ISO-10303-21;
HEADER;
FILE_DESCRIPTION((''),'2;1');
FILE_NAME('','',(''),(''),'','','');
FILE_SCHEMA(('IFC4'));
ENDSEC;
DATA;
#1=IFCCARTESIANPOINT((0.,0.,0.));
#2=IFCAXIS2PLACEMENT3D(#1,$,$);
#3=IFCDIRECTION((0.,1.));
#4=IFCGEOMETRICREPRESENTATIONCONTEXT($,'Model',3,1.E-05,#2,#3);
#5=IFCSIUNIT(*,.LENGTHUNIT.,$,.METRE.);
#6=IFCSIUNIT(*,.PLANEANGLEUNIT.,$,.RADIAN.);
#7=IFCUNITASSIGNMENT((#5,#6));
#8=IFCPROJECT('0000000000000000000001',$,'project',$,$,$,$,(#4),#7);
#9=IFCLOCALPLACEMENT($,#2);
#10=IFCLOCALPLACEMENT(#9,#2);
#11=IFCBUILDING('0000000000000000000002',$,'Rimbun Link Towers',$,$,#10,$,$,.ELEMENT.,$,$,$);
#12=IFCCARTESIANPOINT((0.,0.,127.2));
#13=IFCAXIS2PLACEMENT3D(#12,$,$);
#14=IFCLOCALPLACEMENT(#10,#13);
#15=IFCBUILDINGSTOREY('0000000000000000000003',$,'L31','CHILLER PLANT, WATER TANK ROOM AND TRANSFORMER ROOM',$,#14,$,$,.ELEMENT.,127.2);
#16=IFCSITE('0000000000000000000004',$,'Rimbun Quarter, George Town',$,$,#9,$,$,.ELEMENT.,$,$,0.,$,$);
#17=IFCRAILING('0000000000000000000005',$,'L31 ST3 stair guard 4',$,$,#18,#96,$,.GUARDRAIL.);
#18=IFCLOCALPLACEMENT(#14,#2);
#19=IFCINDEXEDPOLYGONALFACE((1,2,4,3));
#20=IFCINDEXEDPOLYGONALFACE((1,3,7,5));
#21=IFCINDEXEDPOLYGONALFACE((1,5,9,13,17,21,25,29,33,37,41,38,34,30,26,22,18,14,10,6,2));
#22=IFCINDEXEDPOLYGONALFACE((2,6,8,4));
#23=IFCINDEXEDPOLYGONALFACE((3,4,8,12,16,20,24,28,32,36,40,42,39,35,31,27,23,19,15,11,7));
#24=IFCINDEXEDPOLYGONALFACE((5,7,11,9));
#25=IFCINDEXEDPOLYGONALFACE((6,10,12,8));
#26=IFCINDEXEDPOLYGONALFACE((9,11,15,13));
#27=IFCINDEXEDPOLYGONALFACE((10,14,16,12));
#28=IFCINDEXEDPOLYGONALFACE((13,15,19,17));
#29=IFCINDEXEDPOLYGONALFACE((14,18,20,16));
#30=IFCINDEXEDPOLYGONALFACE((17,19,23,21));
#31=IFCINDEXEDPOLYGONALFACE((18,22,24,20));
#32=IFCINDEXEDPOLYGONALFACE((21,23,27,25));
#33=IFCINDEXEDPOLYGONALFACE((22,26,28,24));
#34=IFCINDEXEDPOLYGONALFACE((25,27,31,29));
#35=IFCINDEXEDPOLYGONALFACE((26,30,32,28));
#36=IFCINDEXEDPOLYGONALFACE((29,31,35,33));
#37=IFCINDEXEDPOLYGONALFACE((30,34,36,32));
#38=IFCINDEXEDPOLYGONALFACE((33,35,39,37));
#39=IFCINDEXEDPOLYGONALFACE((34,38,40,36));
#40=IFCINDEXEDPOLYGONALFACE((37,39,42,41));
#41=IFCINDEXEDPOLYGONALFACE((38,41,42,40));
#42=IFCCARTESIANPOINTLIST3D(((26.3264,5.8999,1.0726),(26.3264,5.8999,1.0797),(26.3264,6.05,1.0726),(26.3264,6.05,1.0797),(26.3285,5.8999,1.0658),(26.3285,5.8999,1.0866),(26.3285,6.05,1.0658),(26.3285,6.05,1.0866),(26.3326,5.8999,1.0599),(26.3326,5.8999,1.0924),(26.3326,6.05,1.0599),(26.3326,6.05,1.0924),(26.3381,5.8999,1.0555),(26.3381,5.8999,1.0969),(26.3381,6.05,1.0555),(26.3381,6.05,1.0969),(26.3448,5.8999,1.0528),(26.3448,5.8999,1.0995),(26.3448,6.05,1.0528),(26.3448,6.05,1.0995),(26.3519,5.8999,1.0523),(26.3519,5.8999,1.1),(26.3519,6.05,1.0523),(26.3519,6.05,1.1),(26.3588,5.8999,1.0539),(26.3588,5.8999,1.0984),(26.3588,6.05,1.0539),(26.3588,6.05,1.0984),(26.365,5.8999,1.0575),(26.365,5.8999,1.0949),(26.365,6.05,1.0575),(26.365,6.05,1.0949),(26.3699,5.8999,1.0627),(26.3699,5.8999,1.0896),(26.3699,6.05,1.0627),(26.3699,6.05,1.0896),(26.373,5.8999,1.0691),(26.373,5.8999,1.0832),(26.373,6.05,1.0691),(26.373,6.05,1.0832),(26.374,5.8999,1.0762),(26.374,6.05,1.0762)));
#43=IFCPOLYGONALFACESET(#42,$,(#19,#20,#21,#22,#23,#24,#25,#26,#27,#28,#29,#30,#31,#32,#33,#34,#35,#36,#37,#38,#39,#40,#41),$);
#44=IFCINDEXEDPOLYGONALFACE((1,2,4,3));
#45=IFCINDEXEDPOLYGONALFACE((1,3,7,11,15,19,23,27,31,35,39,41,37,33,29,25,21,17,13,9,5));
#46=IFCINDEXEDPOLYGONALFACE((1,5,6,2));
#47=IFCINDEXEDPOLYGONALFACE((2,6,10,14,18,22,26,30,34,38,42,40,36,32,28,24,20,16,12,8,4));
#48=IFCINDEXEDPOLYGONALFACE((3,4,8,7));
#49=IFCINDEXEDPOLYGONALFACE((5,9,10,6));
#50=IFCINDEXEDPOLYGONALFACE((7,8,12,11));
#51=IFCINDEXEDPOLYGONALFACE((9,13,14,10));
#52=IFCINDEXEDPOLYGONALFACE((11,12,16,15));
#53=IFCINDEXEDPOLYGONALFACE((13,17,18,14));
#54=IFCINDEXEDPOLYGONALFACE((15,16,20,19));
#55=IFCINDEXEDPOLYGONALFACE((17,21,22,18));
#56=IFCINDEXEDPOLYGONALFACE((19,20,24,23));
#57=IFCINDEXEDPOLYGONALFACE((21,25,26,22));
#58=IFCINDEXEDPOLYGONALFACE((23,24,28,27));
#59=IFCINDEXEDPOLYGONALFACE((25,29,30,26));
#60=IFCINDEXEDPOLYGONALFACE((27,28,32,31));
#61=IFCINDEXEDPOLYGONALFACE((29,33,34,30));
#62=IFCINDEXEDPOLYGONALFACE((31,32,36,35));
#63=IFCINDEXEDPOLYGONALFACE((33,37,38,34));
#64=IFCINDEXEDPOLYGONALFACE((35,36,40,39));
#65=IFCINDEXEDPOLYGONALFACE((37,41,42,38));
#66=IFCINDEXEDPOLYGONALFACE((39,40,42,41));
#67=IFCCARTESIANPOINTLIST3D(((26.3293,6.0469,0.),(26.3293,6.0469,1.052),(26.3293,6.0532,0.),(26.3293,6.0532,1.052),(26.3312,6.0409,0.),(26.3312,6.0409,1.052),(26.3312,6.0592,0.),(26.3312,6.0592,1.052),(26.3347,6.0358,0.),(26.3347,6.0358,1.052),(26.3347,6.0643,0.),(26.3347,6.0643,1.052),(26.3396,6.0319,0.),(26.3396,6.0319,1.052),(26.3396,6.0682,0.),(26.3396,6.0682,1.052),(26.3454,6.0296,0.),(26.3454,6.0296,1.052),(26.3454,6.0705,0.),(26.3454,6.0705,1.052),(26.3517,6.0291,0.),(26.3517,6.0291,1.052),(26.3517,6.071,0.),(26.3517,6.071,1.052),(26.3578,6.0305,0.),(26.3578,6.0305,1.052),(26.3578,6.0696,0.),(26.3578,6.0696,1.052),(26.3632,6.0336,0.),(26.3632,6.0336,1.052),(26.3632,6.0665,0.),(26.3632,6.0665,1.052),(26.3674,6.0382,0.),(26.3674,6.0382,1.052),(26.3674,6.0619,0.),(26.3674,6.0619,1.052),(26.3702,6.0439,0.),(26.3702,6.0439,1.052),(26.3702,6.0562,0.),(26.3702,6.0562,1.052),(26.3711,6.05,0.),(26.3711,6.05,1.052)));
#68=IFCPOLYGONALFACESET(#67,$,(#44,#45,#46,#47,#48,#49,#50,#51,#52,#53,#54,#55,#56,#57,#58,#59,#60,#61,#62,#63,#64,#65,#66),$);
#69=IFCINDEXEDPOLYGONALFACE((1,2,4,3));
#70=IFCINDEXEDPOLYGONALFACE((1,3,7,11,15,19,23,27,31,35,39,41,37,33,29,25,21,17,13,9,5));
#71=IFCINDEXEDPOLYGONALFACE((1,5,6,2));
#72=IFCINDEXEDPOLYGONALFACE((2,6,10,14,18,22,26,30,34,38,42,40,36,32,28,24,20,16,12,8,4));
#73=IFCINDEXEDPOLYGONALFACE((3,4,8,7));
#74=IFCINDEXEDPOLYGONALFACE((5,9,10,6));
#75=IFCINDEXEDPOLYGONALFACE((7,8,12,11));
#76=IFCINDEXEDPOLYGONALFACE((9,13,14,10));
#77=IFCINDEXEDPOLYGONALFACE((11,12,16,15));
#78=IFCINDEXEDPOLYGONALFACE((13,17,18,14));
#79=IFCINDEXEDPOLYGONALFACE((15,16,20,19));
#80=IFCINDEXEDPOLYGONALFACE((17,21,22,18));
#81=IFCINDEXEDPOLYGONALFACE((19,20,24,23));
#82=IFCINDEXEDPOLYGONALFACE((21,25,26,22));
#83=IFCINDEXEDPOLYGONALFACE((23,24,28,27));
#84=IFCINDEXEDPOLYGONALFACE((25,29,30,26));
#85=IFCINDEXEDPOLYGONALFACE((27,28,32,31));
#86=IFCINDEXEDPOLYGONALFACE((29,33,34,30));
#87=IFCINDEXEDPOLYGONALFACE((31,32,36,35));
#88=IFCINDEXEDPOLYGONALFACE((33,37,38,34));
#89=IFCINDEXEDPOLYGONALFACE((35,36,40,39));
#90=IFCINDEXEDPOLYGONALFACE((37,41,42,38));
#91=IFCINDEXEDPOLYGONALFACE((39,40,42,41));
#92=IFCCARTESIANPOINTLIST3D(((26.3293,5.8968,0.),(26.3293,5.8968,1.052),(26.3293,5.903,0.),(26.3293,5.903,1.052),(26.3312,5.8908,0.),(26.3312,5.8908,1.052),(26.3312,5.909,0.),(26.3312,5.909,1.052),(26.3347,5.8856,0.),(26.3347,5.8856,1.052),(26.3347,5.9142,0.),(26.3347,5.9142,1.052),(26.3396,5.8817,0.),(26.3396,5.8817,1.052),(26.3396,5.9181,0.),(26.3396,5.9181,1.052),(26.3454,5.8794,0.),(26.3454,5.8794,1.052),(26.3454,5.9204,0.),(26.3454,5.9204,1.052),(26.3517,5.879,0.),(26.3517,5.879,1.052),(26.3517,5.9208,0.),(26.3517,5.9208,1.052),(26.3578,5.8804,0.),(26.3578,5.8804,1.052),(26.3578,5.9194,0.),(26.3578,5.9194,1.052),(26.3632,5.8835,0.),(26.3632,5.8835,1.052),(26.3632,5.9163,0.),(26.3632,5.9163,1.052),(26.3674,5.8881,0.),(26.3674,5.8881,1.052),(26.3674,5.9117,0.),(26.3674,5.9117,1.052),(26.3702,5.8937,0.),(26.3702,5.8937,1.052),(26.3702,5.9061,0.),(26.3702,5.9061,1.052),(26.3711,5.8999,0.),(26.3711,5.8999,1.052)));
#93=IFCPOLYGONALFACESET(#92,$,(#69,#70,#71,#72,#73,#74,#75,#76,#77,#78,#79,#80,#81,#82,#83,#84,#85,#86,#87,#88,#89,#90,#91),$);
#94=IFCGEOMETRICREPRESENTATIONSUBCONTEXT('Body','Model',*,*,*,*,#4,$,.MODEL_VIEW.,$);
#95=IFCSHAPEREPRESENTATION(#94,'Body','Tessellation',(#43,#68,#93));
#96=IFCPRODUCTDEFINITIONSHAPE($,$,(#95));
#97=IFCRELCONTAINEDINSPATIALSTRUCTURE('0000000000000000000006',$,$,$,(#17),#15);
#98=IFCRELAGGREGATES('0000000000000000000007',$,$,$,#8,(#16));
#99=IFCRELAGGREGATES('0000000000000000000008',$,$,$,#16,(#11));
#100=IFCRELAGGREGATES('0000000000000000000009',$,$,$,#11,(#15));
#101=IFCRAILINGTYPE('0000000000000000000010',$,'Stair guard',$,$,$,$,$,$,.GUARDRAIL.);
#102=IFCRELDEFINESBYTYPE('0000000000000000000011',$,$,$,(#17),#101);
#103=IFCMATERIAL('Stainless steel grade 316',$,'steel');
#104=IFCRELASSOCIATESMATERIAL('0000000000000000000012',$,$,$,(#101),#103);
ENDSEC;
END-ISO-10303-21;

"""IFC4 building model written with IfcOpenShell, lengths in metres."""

from ifc_helpers import new_model, si_unit, direction, frame, origin, origin_2d, place, context, subcontext, project, spatial, circle, extrude, material, type_object, element, save


model = new_model("IFC4")

# Units and contexts
model_context = context("Model", 3, precision=1e-05, world=origin(), true_north=direction((0.0, 1.0)))
body_context = subcontext(model_context, "Body", "Model", "MODEL_VIEW")
ifc_project = project(units=[si_unit("LENGTHUNIT", "METRE"), si_unit("PLANEANGLEUNIT", "RADIAN")], contexts=[model_context])

# Site, building, storey
site_placement = place(None, origin())
site = spatial("IfcSite", under=ifc_project, at=site_placement, Name="Rimbun Quarter, George Town", CompositionType="ELEMENT", RefElevation=0.0)
building_placement = place(site_placement, origin())
building = spatial("IfcBuilding", under=site, at=building_placement, Name="Rimbun Link Towers", CompositionType="ELEMENT")
storey_placement = place(building_placement, frame((0.0, 0.0, 127.2)))
storey = spatial("IfcBuildingStorey", under=building, at=storey_placement, Name="L31", Description="CHILLER PLANT, WATER TANK ROOM AND TRANSFORMER ROOM", CompositionType="ELEMENT", Elevation=127.2)

# Railing
ifc_material_1 = material(Name="Stainless steel grade 316", Category="steel")
railing_type_1 = type_object("IfcRailingType", Name="Stair guard", PredefinedType="GUARDRAIL", material=ifc_material_1)
railing_1_placement = place(storey_placement, frame((26.3501, 6.05, 0.0)))
element("IfcRailing", 1, at=railing_1_placement, inside=storey, type_object=railing_type_1, Name="L31 ST3 stair guard 4", PredefinedType="GUARDRAIL", context=body_context, shape_type="SweptSolid", body=[
    extrude(circle(Radius=0.0239, at=origin_2d()), frame((0.0, 0.0, 1.0762), z_axis=(0.0, -1.0, 0.0), x_axis=(1.0, 0.0, 0.0)), (0.0, 0.0, 1.0), 0.1501),
    extrude(circle(Radius=0.021, at=origin_2d()), origin(), (0.0, 0.0, 1.0), 1.052),
    extrude(circle(Radius=0.021, at=origin_2d()), frame((0.0, -0.1501, 0.0)), (0.0, 0.0, 1.0), 1.052),
])

save(model, "model.ifc")
